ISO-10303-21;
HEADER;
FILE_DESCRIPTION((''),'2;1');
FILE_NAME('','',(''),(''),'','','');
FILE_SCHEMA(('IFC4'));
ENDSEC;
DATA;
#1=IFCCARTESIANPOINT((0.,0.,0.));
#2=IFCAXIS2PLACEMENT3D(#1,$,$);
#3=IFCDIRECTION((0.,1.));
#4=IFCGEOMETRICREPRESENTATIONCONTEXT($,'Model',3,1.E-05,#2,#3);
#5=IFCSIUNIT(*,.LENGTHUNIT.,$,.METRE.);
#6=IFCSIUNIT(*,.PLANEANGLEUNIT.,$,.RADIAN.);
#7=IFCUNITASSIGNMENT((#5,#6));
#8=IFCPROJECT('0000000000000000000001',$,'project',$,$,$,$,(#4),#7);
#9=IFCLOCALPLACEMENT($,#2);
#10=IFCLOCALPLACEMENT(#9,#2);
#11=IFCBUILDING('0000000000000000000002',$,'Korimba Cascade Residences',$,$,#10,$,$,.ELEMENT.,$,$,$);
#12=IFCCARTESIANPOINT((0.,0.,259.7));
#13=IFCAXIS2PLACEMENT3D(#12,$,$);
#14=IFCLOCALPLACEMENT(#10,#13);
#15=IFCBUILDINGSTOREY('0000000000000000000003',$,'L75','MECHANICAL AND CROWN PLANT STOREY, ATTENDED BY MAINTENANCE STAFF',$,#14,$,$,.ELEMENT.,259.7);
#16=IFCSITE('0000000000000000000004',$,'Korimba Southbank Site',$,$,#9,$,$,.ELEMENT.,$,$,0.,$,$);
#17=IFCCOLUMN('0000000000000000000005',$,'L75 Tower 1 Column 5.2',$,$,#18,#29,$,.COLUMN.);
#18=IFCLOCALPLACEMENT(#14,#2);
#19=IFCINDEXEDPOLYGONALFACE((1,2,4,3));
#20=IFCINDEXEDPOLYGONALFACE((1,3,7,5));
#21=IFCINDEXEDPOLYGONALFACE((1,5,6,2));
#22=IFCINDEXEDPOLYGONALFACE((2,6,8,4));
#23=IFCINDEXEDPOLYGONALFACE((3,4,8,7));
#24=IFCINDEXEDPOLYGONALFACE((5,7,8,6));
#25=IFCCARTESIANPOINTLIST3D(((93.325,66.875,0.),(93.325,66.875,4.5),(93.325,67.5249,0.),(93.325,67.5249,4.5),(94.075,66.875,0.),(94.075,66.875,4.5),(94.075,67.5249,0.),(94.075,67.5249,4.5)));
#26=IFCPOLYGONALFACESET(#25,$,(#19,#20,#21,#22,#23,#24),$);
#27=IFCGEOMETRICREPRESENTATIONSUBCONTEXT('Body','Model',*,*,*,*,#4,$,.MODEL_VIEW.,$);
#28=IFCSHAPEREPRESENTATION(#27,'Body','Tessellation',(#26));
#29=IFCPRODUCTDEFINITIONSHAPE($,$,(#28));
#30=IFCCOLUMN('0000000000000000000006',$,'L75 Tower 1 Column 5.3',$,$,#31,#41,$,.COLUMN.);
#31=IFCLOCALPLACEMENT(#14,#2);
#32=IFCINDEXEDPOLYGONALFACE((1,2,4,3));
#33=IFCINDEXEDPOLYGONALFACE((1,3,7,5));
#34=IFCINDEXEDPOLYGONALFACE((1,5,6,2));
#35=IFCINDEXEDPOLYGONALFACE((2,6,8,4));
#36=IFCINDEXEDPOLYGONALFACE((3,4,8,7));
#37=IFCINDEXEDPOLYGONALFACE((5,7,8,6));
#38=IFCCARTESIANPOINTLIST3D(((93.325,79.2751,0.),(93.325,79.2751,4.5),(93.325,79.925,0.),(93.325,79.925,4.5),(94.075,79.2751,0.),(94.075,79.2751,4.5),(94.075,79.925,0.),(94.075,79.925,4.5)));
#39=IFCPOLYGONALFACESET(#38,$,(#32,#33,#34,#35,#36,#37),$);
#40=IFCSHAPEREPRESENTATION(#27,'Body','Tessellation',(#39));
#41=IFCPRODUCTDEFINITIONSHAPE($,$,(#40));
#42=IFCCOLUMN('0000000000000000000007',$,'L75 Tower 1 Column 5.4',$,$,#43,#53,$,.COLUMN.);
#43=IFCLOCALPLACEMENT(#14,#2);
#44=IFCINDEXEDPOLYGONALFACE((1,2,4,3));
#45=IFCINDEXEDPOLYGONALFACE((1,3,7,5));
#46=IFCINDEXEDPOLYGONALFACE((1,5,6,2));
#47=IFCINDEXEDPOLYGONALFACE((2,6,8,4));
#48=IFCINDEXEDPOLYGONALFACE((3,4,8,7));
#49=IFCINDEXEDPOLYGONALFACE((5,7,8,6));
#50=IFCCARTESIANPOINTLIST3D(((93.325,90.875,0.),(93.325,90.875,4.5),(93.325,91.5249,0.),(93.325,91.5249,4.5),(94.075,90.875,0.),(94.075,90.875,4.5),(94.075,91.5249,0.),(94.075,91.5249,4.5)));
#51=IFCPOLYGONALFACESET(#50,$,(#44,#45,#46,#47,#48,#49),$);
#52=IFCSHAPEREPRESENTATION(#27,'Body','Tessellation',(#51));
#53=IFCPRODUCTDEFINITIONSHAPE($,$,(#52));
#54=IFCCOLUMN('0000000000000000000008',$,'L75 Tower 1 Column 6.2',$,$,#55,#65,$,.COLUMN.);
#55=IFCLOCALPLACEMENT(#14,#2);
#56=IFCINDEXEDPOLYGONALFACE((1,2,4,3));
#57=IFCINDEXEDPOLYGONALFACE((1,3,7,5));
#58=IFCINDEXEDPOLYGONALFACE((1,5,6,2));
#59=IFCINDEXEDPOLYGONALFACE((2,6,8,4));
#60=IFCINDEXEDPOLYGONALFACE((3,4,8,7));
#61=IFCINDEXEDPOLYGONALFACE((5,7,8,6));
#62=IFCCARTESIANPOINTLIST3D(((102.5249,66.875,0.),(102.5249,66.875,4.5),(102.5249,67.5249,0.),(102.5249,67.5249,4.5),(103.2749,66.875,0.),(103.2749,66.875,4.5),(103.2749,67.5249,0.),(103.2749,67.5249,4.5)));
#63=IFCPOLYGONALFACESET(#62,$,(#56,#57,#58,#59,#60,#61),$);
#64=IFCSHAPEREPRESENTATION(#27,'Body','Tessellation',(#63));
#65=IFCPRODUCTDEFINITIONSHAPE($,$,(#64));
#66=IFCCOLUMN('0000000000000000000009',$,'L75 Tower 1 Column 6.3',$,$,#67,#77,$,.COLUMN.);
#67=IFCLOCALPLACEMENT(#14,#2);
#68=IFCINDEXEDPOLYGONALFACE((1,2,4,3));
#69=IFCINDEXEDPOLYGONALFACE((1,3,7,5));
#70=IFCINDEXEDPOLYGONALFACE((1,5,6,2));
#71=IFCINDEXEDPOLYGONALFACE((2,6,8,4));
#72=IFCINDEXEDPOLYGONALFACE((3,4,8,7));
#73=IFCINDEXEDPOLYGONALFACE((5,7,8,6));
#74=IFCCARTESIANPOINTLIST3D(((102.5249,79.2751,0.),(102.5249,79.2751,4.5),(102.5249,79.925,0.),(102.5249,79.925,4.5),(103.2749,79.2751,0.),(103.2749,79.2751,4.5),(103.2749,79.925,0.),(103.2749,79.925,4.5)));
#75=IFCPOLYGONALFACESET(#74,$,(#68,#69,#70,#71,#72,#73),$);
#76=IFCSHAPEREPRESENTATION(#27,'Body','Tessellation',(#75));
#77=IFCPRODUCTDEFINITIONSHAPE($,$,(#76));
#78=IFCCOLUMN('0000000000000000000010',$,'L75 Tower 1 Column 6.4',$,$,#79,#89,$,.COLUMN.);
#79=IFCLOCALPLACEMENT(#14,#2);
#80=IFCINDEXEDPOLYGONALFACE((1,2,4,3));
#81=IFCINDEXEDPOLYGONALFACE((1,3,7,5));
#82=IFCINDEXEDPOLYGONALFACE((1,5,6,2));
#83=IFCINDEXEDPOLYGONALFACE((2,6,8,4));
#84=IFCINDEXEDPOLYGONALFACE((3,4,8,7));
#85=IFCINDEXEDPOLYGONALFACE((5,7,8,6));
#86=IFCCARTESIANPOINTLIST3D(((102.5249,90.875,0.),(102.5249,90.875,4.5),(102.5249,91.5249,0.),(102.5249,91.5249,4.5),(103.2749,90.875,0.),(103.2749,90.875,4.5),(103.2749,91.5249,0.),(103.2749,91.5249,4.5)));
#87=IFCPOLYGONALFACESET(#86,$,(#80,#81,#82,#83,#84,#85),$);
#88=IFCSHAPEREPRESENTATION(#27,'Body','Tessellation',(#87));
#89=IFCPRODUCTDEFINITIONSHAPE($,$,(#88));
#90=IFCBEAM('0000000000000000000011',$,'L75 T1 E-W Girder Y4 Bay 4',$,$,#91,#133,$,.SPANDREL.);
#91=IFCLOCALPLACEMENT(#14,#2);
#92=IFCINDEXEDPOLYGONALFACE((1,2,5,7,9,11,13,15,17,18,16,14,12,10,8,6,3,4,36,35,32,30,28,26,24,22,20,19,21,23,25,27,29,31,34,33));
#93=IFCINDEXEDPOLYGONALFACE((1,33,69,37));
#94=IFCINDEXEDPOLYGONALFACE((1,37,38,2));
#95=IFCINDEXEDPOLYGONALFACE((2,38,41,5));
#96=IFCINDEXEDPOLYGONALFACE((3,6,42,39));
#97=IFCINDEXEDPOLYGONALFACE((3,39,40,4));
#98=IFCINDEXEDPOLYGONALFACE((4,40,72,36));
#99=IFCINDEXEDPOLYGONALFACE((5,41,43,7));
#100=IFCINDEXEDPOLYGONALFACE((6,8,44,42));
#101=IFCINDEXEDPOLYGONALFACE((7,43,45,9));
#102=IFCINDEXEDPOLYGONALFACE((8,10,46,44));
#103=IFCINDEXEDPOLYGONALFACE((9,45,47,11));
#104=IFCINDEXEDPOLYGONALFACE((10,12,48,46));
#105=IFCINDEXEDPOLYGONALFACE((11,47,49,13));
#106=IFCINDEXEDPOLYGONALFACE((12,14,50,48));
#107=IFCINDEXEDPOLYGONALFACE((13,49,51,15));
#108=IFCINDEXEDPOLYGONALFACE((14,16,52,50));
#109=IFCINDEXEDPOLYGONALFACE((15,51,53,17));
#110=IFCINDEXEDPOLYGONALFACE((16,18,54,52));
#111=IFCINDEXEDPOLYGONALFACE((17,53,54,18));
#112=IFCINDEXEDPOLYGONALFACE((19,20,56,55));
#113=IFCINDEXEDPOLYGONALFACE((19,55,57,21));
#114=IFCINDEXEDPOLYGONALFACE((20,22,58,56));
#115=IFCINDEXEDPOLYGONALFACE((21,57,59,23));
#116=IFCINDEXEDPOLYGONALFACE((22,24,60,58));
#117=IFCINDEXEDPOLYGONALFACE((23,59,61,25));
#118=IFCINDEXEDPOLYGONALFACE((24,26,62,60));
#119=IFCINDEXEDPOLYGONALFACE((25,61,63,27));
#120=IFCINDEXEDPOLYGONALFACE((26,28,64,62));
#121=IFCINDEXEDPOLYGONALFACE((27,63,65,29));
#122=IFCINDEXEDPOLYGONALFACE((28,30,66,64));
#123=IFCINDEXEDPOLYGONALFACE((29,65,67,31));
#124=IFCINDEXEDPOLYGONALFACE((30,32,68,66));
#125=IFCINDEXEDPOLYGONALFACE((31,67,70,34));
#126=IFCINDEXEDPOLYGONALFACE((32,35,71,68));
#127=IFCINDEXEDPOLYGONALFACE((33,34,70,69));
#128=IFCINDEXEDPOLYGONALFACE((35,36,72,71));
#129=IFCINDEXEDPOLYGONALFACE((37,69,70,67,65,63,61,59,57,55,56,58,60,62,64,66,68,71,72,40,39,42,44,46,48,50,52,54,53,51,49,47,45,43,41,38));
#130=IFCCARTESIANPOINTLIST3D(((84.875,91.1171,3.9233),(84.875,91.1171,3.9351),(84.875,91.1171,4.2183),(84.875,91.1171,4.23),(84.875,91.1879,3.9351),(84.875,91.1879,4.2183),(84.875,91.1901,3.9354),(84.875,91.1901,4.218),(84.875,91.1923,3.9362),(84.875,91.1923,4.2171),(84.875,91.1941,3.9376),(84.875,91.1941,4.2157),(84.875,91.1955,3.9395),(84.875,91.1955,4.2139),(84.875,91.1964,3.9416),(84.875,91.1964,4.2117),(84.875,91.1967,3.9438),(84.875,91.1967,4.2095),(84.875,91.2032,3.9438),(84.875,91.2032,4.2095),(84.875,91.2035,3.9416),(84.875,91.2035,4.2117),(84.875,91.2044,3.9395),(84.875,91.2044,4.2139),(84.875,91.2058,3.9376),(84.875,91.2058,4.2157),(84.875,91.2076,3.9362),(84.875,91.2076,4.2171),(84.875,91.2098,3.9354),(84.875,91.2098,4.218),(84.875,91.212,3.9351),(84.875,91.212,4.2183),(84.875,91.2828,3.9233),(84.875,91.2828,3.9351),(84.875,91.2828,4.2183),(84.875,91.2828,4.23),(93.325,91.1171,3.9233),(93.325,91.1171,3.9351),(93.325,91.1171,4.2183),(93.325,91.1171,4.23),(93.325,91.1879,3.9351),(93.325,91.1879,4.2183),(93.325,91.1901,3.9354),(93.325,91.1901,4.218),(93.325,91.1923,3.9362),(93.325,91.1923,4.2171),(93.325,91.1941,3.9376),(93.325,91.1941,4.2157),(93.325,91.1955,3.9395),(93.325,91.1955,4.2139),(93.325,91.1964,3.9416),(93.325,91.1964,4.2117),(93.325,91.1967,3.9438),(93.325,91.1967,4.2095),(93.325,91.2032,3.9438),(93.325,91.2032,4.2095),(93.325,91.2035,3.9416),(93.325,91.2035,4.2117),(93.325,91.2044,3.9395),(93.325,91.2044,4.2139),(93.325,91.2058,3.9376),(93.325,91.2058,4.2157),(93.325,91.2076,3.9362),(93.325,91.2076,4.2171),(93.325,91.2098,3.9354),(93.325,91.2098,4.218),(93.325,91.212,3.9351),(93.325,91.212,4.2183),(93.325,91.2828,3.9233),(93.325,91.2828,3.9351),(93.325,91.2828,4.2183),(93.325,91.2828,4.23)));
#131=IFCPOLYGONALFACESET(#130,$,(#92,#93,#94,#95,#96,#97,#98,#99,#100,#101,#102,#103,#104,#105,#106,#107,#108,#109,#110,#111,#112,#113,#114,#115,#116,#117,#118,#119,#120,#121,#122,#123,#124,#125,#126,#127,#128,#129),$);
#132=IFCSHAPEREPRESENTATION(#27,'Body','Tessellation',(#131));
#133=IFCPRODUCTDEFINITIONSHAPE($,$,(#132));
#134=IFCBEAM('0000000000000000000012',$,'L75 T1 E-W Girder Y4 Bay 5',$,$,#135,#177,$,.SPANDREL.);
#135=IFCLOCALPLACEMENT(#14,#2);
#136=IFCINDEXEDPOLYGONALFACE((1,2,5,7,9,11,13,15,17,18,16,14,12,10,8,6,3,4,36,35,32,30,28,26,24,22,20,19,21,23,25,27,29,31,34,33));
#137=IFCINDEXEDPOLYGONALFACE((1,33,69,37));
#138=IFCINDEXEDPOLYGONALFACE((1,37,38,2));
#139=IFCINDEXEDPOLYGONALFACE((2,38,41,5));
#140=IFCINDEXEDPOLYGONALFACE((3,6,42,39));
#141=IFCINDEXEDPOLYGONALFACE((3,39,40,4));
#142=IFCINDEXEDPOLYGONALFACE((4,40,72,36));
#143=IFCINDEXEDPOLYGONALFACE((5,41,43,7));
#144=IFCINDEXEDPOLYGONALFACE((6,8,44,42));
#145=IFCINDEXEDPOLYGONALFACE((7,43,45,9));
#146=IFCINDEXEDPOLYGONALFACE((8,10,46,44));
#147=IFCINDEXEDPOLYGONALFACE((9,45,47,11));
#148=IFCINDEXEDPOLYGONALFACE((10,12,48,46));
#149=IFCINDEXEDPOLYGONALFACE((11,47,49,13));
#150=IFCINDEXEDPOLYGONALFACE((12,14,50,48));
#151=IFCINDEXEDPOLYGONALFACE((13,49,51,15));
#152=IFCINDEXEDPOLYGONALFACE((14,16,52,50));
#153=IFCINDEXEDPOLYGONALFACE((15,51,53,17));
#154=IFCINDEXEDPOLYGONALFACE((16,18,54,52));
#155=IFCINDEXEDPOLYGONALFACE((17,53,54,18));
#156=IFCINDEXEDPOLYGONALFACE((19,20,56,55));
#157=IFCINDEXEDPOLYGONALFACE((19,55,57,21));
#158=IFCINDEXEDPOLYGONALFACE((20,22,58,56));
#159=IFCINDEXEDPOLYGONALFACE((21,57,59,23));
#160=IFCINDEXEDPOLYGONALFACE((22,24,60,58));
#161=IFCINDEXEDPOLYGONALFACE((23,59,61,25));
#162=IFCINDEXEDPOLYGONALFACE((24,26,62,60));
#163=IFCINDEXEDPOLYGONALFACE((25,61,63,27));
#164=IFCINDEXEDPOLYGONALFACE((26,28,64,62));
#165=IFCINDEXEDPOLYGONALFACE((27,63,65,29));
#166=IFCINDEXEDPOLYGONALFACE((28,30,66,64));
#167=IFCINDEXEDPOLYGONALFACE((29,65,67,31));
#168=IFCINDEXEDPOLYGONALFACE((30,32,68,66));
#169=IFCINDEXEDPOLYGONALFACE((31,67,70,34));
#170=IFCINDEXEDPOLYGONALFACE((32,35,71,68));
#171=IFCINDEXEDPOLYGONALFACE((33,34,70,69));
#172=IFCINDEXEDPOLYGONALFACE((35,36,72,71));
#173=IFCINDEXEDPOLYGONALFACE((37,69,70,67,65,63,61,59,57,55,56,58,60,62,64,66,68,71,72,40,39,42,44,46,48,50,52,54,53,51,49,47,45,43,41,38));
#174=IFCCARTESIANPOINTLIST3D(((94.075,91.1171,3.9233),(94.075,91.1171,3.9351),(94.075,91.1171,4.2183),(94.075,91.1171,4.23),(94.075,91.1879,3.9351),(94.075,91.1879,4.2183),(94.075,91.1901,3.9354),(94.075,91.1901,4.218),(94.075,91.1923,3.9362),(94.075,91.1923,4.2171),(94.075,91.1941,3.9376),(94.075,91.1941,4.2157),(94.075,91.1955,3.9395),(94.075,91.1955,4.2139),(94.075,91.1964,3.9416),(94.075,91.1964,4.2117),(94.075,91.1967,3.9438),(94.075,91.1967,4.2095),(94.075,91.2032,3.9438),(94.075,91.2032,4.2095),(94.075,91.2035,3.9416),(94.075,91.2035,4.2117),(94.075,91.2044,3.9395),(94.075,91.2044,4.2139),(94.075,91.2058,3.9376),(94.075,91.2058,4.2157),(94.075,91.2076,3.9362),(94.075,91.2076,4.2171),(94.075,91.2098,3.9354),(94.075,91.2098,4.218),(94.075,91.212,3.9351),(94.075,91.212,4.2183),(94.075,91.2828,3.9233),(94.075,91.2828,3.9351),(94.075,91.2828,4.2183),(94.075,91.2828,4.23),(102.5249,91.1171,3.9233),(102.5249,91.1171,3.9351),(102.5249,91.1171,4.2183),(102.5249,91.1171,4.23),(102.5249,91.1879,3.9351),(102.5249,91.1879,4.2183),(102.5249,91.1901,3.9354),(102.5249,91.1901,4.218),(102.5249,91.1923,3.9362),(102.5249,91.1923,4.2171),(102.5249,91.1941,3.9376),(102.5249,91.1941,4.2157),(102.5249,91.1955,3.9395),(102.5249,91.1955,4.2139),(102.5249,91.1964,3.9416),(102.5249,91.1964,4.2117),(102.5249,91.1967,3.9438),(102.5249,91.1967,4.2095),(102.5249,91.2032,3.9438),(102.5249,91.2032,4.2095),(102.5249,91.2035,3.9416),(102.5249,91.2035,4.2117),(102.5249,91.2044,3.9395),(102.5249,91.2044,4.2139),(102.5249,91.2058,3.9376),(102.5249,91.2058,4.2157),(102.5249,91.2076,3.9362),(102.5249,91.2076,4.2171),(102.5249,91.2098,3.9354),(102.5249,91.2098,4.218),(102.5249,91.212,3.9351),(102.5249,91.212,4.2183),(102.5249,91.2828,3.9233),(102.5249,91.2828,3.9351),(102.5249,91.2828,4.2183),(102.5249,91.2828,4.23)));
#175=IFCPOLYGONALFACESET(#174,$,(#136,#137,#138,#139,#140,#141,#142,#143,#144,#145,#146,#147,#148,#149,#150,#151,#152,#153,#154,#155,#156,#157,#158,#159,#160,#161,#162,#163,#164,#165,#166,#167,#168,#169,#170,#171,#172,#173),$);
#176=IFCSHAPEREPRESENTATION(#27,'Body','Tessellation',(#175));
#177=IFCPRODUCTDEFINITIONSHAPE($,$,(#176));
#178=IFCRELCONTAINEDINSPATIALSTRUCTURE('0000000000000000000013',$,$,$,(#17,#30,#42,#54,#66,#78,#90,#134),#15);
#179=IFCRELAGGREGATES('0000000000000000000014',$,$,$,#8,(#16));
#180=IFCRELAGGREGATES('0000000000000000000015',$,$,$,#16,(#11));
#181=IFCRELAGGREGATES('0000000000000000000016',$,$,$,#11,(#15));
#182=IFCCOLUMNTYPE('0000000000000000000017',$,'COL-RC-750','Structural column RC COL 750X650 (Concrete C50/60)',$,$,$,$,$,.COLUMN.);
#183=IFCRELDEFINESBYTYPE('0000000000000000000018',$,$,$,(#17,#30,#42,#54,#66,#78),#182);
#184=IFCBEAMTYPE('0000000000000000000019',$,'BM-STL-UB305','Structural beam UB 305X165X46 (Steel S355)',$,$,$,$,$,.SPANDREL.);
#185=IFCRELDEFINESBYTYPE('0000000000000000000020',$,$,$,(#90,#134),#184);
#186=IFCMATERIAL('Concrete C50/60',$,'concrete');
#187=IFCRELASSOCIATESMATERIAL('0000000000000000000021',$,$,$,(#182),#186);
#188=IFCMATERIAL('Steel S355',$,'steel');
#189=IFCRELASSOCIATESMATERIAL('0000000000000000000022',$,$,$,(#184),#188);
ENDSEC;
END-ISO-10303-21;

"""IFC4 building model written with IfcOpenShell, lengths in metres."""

from ifc_helpers import new_model, si_unit, direction, frame, origin, origin_2d, place, context, subcontext, project, spatial, rectangle, i_section, extrude, material, material_profile, profile_set, type_object, element, save


model = new_model("IFC4")

# Units and contexts
model_context = context("Model", 3, precision=1e-05, world=origin(), true_north=direction((0.0, 1.0)))
body_context = subcontext(model_context, "Body", "Model", "MODEL_VIEW")
ifc_project = project(units=[si_unit("LENGTHUNIT", "METRE"), si_unit("PLANEANGLEUNIT", "RADIAN")], contexts=[model_context])

# Site, building, storey
site_placement = place(None, origin())
site = spatial("IfcSite", under=ifc_project, at=site_placement, Name="Korimba Southbank Site", CompositionType="ELEMENT", RefElevation=0.0)
building_placement = place(site_placement, origin())
building = spatial("IfcBuilding", under=site, at=building_placement, Name="Korimba Cascade Residences", CompositionType="ELEMENT")
storey_placement = place(building_placement, frame((0.0, 0.0, 259.7)))
storey = spatial("IfcBuildingStorey", under=building, at=storey_placement, Name="L75", Description="MECHANICAL AND CROWN PLANT STOREY, ATTENDED BY MAINTENANCE STAFF", CompositionType="ELEMENT", Elevation=259.7)

# Columns
ifc_material_1 = material(Name="Concrete C50/60", Category="concrete")
ifc_material_profile_1 = material_profile(ifc_material_1, rectangle(XDim=0.75, YDim=0.6499, at=origin_2d()), Name="Concrete C50/60")
ifc_profile_set_1 = profile_set([ifc_material_profile_1], Name="Concrete C50/60")
column_type = type_object("IfcColumnType", Name="COL-RC-750", Description="Structural column RC COL 750X650 (Concrete C50/60)", PredefinedType="COLUMN", material=ifc_profile_set_1)
for number, where, z_axis, x_axis, name in (
    (1, (93.7, 67.2, 0.0), (0.0, 0.0, 1.0), (1.0, 0.0, 0.0), "L75 Tower 1 Column 5.2"),
    (2, (93.7, 79.6001, 0.0), (0.0, 0.0, 1.0), (1.0, 0.0, 0.0), "L75 Tower 1 Column 5.3"),
    (3, (93.7, 91.2, 0.0), (0.0, 0.0, 1.0), (1.0, 0.0, 0.0), "L75 Tower 1 Column 5.4"),
    (4, (102.8999, 67.2, 0.0), (0.0, 0.0, 1.0), (1.0, 0.0, 0.0), "L75 Tower 1 Column 6.2"),
    (5, (102.8999, 79.6001, 0.0), (0.0, 0.0, 1.0), (1.0, 0.0, 0.0), "L75 Tower 1 Column 6.3"),
    (6, (102.8999, 91.2, 0.0), (0.0, 0.0, 1.0), (1.0, 0.0, 0.0), "L75 Tower 1 Column 6.4"),
):
    element("IfcColumn", number, at=place(storey_placement, frame(where, z_axis=z_axis, x_axis=x_axis)), inside=storey, type_object=column_type, Name=name, PredefinedType="COLUMN", context=body_context, shape_type="SweptSolid", body=[
        extrude(rectangle(XDim=0.75, YDim=0.6499, at=origin_2d()), origin(), (0.0, 0.0, 1.0), 4.5),
    ])

# Beams
ifc_material_2 = material(Name="Steel S355", Category="steel")
ifc_material_profile_2 = material_profile(ifc_material_2, i_section(OverallWidth=0.1658, OverallDepth=0.3066, WebThickness=0.0066, FlangeThickness=0.0117, FilletRadius=0.0088, at=origin_2d()), Name="Steel S355")
ifc_profile_set_2 = profile_set([ifc_material_profile_2], Name="Steel S355")
beam_type_1 = type_object("IfcBeamType", Name="BM-STL-UB305", Description="Structural beam UB 305X165X46 (Steel S355)", PredefinedType="SPANDREL", material=ifc_profile_set_2)
for number, where, z_axis, x_axis, name in (
    (7, (84.875, 91.2, 4.0767), (1.0, 0.0, 0.0), (0.0, 1.0, 0.0), "L75 T1 E-W Girder Y4 Bay 4"),
    (8, (94.075, 91.2, 4.0767), (1.0, 0.0, 0.0), (0.0, 1.0, 0.0), "L75 T1 E-W Girder Y4 Bay 5"),
):
    element("IfcBeam", number, at=place(storey_placement, frame(where, z_axis=z_axis, x_axis=x_axis)), inside=storey, type_object=beam_type_1, Name=name, PredefinedType="SPANDREL", context=body_context, shape_type="SweptSolid", body=[
        extrude(i_section(OverallWidth=0.1658, OverallDepth=0.3066, WebThickness=0.0066, FlangeThickness=0.0117, FilletRadius=0.0088, at=origin_2d()), origin(), (0.0, 0.0, 1.0), 8.45),
    ])

save(model, "model.ifc")
